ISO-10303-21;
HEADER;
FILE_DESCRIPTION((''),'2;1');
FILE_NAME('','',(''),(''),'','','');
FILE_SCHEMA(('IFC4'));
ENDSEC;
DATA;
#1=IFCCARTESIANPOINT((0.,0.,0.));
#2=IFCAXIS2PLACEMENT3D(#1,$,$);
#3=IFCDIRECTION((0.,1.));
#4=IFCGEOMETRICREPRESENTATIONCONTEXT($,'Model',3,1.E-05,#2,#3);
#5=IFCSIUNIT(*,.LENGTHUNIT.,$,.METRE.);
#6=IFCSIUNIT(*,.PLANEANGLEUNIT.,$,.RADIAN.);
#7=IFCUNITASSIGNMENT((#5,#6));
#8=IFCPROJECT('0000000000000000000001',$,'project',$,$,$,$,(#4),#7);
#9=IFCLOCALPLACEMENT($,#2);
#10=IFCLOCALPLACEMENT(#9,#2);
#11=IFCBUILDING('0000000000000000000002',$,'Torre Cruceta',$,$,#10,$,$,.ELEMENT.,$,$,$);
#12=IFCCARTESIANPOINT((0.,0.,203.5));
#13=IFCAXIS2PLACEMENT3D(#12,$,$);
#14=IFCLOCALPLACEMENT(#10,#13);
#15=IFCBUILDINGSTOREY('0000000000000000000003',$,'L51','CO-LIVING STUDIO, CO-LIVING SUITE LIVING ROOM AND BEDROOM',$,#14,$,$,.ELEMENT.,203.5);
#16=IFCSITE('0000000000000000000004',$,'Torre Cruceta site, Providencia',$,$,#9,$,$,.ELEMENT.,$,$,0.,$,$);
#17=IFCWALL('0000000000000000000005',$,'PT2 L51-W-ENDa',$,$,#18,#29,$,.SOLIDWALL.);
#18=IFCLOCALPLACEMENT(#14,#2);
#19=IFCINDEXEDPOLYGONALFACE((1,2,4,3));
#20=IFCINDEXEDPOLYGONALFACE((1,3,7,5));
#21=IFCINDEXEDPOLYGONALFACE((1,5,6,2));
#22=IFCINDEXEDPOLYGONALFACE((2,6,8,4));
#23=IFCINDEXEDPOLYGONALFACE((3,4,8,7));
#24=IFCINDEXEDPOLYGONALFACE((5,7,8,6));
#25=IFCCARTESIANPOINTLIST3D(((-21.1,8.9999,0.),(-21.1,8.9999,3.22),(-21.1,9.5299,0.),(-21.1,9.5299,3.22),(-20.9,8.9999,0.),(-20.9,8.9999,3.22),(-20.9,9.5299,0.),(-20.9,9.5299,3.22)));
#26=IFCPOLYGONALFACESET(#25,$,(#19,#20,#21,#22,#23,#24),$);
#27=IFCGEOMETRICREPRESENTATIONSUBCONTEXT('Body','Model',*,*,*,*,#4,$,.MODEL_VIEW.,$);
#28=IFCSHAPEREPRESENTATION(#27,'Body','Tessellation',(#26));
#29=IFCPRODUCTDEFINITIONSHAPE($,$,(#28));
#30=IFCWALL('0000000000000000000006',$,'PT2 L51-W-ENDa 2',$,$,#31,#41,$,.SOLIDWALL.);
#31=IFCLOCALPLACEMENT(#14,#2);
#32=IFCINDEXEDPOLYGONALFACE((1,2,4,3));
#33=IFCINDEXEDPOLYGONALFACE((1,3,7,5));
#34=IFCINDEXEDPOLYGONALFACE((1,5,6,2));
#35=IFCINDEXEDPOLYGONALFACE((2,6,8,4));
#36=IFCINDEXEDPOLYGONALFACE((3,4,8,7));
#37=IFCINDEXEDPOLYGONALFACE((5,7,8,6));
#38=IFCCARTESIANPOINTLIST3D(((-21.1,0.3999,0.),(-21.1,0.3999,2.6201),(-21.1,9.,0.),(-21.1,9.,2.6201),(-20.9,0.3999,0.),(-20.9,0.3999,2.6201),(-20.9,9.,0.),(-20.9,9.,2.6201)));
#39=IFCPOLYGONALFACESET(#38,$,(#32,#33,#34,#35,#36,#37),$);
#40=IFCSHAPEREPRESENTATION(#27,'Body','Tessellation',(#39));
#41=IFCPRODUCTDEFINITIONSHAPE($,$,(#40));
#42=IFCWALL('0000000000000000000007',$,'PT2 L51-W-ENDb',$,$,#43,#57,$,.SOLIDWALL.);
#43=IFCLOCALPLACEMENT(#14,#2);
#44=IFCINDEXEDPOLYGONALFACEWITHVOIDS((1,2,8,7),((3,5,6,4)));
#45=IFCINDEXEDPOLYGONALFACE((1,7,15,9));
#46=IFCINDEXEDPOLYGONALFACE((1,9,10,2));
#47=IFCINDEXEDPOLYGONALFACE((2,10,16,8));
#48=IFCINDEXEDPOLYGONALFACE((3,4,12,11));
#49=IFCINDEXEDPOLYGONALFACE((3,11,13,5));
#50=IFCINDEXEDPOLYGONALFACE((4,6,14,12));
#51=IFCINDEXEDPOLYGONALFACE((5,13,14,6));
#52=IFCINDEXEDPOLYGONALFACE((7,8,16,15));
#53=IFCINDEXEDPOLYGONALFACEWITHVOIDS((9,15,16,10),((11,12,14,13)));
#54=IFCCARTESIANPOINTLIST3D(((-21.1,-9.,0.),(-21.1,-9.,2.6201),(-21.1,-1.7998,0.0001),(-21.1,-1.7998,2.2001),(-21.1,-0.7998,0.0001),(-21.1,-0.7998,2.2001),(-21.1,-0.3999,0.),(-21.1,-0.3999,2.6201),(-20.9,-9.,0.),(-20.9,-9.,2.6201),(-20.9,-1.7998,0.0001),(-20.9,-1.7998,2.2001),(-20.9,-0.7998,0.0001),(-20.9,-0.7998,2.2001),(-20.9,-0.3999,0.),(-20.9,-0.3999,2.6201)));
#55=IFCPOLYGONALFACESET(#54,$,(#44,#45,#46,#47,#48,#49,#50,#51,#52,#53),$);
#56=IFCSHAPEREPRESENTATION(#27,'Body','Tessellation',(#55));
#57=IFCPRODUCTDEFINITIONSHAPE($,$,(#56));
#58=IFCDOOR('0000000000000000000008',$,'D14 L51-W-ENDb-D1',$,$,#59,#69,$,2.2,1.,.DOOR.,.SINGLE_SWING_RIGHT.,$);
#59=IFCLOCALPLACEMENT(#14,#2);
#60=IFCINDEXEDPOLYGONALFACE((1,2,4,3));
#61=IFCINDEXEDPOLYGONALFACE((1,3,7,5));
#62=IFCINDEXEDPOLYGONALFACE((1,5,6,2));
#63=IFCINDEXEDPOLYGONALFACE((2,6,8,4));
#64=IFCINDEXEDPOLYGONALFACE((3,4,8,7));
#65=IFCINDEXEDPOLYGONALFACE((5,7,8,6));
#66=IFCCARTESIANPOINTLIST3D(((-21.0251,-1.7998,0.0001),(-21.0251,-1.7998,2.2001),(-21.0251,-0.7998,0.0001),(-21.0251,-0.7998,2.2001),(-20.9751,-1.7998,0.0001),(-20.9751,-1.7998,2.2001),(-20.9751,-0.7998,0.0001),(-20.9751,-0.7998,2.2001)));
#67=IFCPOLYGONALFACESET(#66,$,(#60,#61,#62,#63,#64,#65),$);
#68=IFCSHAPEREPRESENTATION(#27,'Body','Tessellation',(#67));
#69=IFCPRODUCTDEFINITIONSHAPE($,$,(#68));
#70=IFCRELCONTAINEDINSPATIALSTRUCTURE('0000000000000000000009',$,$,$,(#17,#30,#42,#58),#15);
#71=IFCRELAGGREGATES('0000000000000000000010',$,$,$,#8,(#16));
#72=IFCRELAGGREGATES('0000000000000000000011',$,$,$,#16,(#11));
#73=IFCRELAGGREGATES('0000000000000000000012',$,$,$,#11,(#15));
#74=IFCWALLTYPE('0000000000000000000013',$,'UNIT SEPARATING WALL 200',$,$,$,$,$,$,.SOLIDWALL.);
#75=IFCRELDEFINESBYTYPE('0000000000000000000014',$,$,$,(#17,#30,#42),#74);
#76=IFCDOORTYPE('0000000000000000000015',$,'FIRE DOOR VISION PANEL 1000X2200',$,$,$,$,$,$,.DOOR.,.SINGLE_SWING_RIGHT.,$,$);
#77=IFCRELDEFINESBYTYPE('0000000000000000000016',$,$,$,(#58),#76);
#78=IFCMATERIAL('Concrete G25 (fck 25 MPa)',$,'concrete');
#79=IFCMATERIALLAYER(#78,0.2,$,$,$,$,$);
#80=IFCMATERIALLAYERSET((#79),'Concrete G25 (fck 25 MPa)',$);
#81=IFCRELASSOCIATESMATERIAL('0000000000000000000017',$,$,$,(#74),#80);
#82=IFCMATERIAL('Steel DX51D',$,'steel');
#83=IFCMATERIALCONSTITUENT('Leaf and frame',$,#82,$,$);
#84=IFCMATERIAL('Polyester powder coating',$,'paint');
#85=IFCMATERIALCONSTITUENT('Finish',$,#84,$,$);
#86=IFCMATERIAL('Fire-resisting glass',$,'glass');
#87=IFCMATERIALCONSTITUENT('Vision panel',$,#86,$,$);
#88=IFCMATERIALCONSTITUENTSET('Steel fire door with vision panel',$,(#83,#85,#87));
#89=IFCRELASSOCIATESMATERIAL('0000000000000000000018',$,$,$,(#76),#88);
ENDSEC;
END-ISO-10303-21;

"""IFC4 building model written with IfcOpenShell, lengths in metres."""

from ifc_helpers import new_model, si_unit, direction, frame, frame_2d, origin, place, context, subcontext, project, spatial, rectangle, extrude, material, layer, layer_set, constituent, constituent_set, type_object, element, fill, save


model = new_model("IFC4")

# Units and contexts
model_context = context("Model", 3, precision=1e-05, world=origin(), true_north=direction((0.0, 1.0)))
body_context = subcontext(model_context, "Body", "Model", "MODEL_VIEW")
ifc_project = project(units=[si_unit("LENGTHUNIT", "METRE"), si_unit("PLANEANGLEUNIT", "RADIAN")], contexts=[model_context])

# Site, building, storey
site_placement = place(None, origin())
site = spatial("IfcSite", under=ifc_project, at=site_placement, Name="Torre Cruceta site, Providencia", CompositionType="ELEMENT", RefElevation=0.0)
building_placement = place(site_placement, origin())
building = spatial("IfcBuilding", under=site, at=building_placement, Name="Torre Cruceta", CompositionType="ELEMENT")
storey_placement = place(building_placement, frame((0.0, 0.0, 203.5)))
storey = spatial("IfcBuildingStorey", under=building, at=storey_placement, Name="L51", Description="CO-LIVING STUDIO, CO-LIVING SUITE LIVING ROOM AND BEDROOM", CompositionType="ELEMENT", Elevation=203.5)

# Walls
ifc_material_1 = material(Name="Concrete G25 (fck 25 MPa)", Category="concrete")
ifc_layer_1 = layer(ifc_material_1, 0.2)
ifc_layer_set_1 = layer_set([ifc_layer_1], Name="Concrete G25 (fck 25 MPa)")
wall_type_1 = type_object("IfcWallType", Name="UNIT SEPARATING WALL 200", PredefinedType="SOLIDWALL", material=ifc_layer_set_1)
wall_1_placement = place(storey_placement, frame((-21.0, 9.53, 0.0), z_axis=(0.0, 0.0, 1.0), x_axis=(0.0, -1.0, 0.0)))
element("IfcWall", 1, at=wall_1_placement, inside=storey, type_object=wall_type_1, Name="PT2 L51-W-ENDa", PredefinedType="SOLIDWALL", context=body_context, shape_type="SweptSolid", body=[
    extrude(rectangle(XDim=0.53, YDim=0.2, at=frame_2d((0.2651, 0.0))), origin(), (0.0, 0.0, 1.0), 3.22),
])
wall_2_placement = place(storey_placement, frame((-21.0, 9.0, 0.0), z_axis=(0.0, 0.0, 1.0), x_axis=(0.0, -1.0, 0.0)))
element("IfcWall", 2, at=wall_2_placement, inside=storey, type_object=wall_type_1, Name="PT2 L51-W-ENDa 2", PredefinedType="SOLIDWALL", context=body_context, shape_type="SweptSolid", body=[
    extrude(rectangle(XDim=8.6001, YDim=0.2, at=frame_2d((4.3, 0.0))), origin(), (0.0, 0.0, 1.0), 2.6201),
])

# Wall, opening, door
wall_3_placement = place(storey_placement, frame((-21.0, -0.3999, 0.0), z_axis=(0.0, 0.0, 1.0), x_axis=(0.0, -1.0, 0.0)))
wall_3 = element("IfcWall", 3, at=wall_3_placement, inside=storey, type_object=wall_type_1, Name="PT2 L51-W-ENDb", PredefinedType="SOLIDWALL", context=body_context, shape_type="SweptSolid", body=[
    extrude(rectangle(XDim=8.6001, YDim=0.2, at=frame_2d((4.3, 0.0))), origin(), (0.0, 0.0, 1.0), 2.6201),
])
opening_1_placement = place(wall_3_placement, frame((0.3999, 0.0, 0.0)))
opening_1 = element("IfcOpeningElement", 4, at=opening_1_placement, cuts=wall_3, PredefinedType="OPENING", context=body_context, shape_type="SweptSolid", body=[
    extrude(rectangle(XDim=1.0, YDim=2.2, at=frame_2d((0.5, 1.1001))), frame((0.0, 0.1099, 0.0), z_axis=(0.0, -1.0, 0.0), x_axis=(1.0, 0.0, 0.0)), (0.0, 0.0, 1.0), 0.22),
])
ifc_material_2 = material(Name="Steel DX51D", Category="steel")
ifc_constituent_1 = constituent(ifc_material_2, Name="Leaf and frame")
ifc_material_3 = material(Name="Polyester powder coating", Category="paint")
ifc_constituent_2 = constituent(ifc_material_3, Name="Finish")
ifc_material_4 = material(Name="Fire-resisting glass", Category="glass")
ifc_constituent_3 = constituent(ifc_material_4, Name="Vision panel")
ifc_constituent_set_1 = constituent_set(constituents=[ifc_constituent_1, ifc_constituent_2, ifc_constituent_3], Name="Steel fire door with vision panel")
door_type = type_object("IfcDoorType", Name="FIRE DOOR VISION PANEL 1000X2200", OperationType="SINGLE_SWING_RIGHT", PredefinedType="DOOR", material=ifc_constituent_set_1)
door_placement = place(opening_1_placement, frame((1.0, 0.0, 0.0), z_axis=(0.0, 0.0, 1.0), x_axis=(-1.0, 0.0, 0.0)))
door = element("IfcDoor", 5, at=door_placement, inside=storey, type_object=door_type, Name="D14 L51-W-ENDb-D1", OperationType="SINGLE_SWING_RIGHT", OverallHeight=2.2, OverallWidth=1.0, PredefinedType="DOOR", context=body_context, shape_type="SweptSolid", body=[
    extrude(rectangle(XDim=1.0, YDim=2.2, at=frame_2d((0.5, 1.1001))), frame((0.0, 0.0251, 0.0), z_axis=(0.0, -1.0, 0.0), x_axis=(1.0, 0.0, 0.0)), (0.0, 0.0, 1.0), 0.05),
])
fill(opening_1, door)

save(model, "model.ifc")
